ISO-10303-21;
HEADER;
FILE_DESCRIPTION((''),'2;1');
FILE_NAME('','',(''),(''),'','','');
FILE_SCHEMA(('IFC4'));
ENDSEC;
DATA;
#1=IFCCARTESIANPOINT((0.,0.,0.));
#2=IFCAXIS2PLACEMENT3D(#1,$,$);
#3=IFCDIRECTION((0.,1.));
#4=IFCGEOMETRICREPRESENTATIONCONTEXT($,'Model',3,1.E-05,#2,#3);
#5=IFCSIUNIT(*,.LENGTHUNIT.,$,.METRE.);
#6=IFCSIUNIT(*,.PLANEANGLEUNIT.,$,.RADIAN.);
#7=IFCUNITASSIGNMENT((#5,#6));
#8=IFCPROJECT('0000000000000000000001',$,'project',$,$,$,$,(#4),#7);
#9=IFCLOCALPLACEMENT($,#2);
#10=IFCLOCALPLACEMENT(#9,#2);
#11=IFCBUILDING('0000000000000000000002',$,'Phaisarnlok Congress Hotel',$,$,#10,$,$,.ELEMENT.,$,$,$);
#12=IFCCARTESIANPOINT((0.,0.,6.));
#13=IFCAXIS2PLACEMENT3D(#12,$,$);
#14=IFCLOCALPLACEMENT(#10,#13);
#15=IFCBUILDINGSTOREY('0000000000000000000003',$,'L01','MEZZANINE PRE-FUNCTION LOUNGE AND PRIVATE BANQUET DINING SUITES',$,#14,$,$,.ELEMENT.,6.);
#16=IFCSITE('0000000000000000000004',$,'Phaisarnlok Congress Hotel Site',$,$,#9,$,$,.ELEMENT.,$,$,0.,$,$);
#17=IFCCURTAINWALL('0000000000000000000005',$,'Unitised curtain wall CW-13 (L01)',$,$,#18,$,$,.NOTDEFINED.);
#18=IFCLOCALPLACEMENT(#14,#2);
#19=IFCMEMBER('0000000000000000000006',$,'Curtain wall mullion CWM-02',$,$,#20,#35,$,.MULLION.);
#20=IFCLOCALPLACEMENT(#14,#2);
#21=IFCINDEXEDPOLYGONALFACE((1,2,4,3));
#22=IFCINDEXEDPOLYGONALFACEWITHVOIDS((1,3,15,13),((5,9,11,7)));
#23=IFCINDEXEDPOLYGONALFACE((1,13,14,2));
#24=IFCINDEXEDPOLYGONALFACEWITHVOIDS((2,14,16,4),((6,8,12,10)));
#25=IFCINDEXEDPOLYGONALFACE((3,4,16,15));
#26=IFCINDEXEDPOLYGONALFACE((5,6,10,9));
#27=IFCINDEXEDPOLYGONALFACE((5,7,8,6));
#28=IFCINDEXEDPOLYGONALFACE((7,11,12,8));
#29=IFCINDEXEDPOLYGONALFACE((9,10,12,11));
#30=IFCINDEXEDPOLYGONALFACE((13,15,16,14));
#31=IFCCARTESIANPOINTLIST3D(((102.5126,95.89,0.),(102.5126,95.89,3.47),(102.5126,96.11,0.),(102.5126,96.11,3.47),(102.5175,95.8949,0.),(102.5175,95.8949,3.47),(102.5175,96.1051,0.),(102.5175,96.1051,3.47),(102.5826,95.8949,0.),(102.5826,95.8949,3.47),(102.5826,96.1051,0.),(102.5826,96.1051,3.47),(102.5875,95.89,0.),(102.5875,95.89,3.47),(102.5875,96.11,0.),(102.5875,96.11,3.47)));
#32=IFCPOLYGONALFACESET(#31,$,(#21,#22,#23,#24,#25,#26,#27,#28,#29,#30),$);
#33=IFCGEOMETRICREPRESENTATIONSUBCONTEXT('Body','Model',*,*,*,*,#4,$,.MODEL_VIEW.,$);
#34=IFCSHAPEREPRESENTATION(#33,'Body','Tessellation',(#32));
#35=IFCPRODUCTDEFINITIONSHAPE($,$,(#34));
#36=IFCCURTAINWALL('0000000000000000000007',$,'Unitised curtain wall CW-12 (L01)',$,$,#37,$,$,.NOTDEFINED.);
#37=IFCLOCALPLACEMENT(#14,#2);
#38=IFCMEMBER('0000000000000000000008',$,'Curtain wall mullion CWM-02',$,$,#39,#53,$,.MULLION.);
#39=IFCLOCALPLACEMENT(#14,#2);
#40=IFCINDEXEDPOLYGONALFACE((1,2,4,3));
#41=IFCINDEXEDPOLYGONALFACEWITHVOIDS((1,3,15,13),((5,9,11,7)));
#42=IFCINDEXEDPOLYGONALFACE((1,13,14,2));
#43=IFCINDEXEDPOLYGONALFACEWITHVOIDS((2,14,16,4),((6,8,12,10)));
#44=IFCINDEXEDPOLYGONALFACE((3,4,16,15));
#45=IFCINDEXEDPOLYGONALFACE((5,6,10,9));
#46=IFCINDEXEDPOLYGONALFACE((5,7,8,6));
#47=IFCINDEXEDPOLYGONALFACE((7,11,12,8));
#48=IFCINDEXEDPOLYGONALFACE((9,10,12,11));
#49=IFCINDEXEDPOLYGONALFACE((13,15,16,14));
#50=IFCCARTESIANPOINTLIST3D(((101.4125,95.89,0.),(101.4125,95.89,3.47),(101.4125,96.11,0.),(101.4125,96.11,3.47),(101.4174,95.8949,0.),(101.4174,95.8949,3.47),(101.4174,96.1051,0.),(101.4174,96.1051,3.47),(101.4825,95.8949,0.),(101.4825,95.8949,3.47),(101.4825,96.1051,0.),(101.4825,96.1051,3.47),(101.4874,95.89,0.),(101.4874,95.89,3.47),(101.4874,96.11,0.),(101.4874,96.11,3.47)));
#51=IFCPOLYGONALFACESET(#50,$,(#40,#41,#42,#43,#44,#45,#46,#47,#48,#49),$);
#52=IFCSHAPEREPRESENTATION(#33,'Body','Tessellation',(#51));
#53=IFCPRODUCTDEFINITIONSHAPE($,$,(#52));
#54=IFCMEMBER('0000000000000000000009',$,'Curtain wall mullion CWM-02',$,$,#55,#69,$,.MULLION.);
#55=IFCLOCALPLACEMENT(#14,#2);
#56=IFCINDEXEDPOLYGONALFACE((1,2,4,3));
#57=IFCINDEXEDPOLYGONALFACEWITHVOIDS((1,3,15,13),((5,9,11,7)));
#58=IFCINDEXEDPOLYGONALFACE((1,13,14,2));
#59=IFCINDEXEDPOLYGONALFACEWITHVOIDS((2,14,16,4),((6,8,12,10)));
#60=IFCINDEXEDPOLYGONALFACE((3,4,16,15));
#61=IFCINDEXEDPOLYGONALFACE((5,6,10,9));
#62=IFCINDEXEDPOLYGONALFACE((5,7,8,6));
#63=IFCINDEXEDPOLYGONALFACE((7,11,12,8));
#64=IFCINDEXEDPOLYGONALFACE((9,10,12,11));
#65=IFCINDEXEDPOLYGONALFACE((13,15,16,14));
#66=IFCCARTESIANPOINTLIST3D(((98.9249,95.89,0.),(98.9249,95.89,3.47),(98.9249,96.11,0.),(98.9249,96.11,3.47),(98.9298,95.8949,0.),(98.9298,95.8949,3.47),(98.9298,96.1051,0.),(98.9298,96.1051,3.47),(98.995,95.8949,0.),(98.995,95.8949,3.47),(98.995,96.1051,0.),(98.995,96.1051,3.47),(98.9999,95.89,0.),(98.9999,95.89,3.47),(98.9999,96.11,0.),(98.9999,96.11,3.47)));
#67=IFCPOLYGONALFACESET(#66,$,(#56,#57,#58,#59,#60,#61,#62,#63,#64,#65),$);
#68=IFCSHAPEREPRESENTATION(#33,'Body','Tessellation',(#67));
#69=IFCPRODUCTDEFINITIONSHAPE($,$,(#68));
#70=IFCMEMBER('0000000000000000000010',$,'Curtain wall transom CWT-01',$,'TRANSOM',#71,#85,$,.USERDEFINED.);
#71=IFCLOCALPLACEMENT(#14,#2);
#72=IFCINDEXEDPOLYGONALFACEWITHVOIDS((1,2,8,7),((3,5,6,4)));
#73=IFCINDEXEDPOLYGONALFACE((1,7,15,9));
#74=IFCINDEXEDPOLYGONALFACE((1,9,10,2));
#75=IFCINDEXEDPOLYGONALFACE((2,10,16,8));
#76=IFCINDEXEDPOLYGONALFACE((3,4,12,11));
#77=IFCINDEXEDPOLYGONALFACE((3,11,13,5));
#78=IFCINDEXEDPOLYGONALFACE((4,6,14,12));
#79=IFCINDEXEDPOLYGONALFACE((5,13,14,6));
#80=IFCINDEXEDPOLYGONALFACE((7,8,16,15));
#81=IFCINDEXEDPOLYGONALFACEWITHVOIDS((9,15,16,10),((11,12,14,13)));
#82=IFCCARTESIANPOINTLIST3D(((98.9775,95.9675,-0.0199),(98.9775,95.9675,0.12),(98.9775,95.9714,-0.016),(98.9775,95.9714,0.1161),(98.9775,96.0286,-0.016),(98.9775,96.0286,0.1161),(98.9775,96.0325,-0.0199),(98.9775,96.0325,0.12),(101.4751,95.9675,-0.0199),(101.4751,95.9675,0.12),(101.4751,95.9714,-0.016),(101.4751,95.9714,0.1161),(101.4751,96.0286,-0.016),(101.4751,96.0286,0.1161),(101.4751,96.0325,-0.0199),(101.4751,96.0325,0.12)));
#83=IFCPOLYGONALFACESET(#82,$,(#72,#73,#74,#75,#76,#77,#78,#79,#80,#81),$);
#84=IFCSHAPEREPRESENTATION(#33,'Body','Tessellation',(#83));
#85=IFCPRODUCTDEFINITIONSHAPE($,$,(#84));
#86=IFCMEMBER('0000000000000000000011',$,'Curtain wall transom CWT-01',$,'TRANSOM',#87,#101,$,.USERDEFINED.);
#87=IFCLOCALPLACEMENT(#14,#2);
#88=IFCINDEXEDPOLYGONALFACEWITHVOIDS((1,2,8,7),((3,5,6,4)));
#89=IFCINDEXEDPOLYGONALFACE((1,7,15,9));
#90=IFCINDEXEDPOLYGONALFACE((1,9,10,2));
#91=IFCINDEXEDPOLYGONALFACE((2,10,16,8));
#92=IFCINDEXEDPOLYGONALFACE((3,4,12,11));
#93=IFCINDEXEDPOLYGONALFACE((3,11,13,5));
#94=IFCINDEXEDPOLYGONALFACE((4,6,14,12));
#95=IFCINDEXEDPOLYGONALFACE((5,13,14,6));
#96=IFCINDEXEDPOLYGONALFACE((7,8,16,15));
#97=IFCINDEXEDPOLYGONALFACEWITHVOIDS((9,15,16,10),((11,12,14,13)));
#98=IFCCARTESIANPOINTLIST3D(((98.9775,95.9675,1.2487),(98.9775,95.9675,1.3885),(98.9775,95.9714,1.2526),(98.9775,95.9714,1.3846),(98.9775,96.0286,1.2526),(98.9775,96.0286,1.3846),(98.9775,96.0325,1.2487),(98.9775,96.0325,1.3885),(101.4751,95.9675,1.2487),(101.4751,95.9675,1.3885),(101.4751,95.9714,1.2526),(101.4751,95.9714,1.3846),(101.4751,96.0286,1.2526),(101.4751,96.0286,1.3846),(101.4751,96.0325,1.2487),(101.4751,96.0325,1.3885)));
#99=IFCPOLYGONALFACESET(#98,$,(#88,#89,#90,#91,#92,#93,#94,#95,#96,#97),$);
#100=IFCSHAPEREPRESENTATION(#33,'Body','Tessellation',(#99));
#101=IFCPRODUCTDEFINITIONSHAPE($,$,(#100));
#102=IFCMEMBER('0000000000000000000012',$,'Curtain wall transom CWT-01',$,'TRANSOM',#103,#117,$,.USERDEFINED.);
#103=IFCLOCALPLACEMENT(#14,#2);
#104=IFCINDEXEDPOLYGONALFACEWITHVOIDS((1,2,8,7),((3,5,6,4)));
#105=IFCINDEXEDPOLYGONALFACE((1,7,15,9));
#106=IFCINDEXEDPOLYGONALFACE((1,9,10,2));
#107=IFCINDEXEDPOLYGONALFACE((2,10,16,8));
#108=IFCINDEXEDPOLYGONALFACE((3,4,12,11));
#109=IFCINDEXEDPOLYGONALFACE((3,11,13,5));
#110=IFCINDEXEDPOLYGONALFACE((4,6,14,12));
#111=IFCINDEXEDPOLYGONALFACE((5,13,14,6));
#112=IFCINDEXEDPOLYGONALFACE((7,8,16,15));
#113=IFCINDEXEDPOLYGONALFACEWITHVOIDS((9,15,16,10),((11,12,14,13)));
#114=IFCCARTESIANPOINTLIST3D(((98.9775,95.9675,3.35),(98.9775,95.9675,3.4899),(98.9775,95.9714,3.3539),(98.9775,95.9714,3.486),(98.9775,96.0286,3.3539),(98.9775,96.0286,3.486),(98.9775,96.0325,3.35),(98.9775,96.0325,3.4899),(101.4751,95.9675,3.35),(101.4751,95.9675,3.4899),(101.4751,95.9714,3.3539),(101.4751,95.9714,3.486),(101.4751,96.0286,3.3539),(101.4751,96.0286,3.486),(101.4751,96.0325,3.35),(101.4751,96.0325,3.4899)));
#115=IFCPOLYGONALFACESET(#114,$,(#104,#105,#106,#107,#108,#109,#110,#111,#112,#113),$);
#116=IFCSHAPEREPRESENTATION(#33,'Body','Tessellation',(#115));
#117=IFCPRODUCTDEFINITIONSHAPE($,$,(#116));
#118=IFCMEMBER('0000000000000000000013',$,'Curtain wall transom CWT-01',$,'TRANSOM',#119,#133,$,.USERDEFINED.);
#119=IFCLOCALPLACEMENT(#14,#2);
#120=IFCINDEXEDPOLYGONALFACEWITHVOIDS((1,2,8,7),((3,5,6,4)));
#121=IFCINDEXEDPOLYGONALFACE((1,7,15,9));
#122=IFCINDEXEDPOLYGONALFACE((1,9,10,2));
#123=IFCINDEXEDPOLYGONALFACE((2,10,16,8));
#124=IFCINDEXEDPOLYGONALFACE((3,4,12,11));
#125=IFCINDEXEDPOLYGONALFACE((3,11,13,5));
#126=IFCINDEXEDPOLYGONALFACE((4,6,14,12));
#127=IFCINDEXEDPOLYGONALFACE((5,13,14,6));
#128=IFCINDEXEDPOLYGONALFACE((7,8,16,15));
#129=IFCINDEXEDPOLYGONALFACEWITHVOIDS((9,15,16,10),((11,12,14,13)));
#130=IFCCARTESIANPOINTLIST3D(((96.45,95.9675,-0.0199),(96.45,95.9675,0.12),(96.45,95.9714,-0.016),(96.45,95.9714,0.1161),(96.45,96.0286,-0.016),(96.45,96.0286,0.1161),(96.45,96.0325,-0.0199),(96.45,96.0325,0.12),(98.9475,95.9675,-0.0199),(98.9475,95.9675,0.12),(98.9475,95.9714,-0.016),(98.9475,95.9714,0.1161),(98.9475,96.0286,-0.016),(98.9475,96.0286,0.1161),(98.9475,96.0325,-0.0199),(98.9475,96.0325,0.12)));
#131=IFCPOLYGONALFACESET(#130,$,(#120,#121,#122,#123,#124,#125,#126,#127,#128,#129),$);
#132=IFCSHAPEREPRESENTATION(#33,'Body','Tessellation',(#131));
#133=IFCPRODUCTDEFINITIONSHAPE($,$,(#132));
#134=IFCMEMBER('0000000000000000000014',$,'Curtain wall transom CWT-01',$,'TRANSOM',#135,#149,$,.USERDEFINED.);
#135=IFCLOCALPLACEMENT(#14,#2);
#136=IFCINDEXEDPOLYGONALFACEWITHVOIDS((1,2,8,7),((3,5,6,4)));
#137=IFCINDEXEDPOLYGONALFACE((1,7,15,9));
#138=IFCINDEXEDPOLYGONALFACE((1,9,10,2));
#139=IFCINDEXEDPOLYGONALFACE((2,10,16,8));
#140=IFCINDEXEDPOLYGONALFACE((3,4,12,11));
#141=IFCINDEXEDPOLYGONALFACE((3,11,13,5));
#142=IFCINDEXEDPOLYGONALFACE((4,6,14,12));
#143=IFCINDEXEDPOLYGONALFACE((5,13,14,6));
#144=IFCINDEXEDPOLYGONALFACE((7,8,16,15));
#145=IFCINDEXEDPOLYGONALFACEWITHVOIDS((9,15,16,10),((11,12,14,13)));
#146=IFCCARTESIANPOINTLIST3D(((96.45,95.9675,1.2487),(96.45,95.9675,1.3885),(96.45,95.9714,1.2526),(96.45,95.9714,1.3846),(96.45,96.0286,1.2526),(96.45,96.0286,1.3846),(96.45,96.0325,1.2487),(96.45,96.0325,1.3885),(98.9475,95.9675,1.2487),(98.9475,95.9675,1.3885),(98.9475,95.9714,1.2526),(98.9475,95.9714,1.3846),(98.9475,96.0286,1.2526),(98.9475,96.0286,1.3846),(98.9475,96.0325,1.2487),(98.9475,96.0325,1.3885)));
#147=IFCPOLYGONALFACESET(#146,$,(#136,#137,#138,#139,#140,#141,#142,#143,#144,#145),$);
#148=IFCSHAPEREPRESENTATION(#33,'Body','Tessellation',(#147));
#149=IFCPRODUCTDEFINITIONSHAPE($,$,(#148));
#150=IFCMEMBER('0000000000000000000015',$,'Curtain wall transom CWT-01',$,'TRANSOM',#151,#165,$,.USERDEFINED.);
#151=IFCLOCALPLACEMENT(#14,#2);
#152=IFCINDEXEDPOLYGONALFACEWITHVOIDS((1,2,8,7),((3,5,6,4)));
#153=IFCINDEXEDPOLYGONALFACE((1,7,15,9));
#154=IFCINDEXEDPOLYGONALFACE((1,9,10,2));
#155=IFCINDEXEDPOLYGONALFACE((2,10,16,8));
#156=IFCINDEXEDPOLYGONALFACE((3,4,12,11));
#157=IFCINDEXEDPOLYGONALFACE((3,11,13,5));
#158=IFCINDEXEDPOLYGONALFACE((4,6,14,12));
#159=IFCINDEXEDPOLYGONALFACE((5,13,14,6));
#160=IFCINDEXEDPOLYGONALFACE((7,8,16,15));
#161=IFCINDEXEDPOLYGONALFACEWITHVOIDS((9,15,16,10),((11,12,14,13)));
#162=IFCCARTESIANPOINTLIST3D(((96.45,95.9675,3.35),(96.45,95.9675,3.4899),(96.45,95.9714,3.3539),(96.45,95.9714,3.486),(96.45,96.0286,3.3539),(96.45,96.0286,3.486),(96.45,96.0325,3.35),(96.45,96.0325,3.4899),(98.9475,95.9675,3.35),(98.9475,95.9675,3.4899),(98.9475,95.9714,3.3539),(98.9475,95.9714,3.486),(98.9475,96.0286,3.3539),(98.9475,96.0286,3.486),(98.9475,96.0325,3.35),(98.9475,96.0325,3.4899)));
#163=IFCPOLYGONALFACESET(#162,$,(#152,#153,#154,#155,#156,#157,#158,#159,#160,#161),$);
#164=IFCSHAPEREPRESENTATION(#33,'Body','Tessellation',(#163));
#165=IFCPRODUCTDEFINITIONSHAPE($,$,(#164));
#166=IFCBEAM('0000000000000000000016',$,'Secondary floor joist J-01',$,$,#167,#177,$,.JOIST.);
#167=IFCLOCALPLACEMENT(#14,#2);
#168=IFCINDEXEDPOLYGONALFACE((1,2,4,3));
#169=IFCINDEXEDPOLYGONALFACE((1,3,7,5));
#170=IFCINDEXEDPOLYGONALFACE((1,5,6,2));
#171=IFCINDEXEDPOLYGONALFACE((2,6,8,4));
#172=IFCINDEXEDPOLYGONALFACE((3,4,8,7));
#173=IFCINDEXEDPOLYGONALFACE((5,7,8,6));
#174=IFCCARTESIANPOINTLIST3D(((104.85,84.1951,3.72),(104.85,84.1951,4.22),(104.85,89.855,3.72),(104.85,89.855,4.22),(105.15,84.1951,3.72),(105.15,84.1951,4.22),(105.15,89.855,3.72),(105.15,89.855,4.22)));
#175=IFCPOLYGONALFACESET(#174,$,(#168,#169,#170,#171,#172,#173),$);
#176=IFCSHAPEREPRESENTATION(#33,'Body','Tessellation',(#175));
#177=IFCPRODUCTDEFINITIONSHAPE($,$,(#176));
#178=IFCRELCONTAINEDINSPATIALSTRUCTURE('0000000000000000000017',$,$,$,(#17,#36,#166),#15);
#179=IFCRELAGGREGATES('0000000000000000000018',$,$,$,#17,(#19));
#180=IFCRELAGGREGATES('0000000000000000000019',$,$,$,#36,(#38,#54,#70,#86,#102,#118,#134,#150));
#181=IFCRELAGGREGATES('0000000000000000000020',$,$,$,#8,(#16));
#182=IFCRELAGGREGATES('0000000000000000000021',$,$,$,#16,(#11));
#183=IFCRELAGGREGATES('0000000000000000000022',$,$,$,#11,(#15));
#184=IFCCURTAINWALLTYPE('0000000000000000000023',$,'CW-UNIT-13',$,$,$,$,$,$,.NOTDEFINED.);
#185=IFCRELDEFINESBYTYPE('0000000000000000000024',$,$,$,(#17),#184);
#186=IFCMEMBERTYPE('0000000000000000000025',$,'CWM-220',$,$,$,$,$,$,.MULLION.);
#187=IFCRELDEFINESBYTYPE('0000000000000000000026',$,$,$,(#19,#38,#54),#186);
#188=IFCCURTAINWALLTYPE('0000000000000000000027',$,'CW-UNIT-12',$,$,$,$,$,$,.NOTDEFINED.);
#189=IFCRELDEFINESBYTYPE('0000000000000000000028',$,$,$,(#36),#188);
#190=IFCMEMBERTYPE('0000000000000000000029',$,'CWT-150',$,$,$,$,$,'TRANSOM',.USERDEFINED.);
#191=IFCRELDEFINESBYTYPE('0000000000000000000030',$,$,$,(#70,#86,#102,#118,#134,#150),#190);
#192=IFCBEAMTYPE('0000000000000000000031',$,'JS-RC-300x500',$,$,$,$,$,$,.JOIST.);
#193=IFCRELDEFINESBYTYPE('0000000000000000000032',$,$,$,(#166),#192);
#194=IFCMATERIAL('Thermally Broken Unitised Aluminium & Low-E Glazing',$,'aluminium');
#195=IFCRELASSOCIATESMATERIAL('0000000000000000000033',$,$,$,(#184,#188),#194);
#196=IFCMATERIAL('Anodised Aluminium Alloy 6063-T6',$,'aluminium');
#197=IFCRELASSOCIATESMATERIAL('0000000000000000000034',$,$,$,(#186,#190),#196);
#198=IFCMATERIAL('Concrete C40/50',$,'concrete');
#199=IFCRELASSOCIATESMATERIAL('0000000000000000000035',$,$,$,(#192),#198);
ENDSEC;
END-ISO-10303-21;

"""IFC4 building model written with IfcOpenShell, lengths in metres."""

from ifc_helpers import new_model, si_unit, direction, frame, origin, origin_2d, place, context, subcontext, project, spatial, rectangle, hollow_rectangle, extrude, material, material_profile, profile_set, type_object, element, aggregate, save


model = new_model("IFC4")

# Units and contexts
model_context = context("Model", 3, precision=1e-05, world=origin(), true_north=direction((0.0, 1.0)))
body_context = subcontext(model_context, "Body", "Model", "MODEL_VIEW")
ifc_project = project(units=[si_unit("LENGTHUNIT", "METRE"), si_unit("PLANEANGLEUNIT", "RADIAN")], contexts=[model_context])

# Site, building, storey
site_placement = place(None, origin())
site = spatial("IfcSite", under=ifc_project, at=site_placement, Name="Phaisarnlok Congress Hotel Site", CompositionType="ELEMENT", RefElevation=0.0)
building_placement = place(site_placement, origin())
building = spatial("IfcBuilding", under=site, at=building_placement, Name="Phaisarnlok Congress Hotel", CompositionType="ELEMENT")
storey_placement = place(building_placement, frame((0.0, 0.0, 6.0)))
storey = spatial("IfcBuildingStorey", under=building, at=storey_placement, Name="L01", Description="MEZZANINE PRE-FUNCTION LOUNGE AND PRIVATE BANQUET DINING SUITES", CompositionType="ELEMENT", Elevation=6.0)

# Shared definitions
ifc_material_1 = material(Name="Concrete C40/50", Category="concrete")

# Curtain wall, member
ifc_material_2 = material(Name="Thermally Broken Unitised Aluminium & Low-E Glazing", Category="aluminium")
curtain_wall_type_1 = type_object("IfcCurtainWallType", Name="CW-UNIT-13", PredefinedType="NOTDEFINED", material=ifc_material_2)
curtain_wall_1_placement = place(storey_placement, origin())
curtain_wall_1 = element("IfcCurtainWall", 1, at=curtain_wall_1_placement, inside=storey, type_object=curtain_wall_type_1, Name="Unitised curtain wall CW-13 (L01)", PredefinedType="NOTDEFINED")
ifc_material_3 = material(Name="Anodised Aluminium Alloy 6063-T6", Category="aluminium")
ifc_material_profile_1 = material_profile(ifc_material_3, hollow_rectangle(XDim=0.075, YDim=0.22, WallThickness=0.0049, at=origin_2d()), Name="ALU-M 75x220x5")
ifc_profile_set_1 = profile_set([ifc_material_profile_1], Name="Anodised Aluminium Alloy 6063-T6")
member_type_1 = type_object("IfcMemberType", Name="CWM-220", PredefinedType="MULLION", material=ifc_profile_set_1)
member_1_placement = place(storey_placement, frame((102.55, 96.0, 0.0), z_axis=(0.0, 0.0, 1.0), x_axis=(-1.0, 0.0, 0.0)))
member_1 = element("IfcMember", 2, at=member_1_placement, type_object=member_type_1, Name="Curtain wall mullion CWM-02", PredefinedType="MULLION", context=body_context, shape_type="SweptSolid", body=[
    extrude(hollow_rectangle(XDim=0.075, YDim=0.22, WallThickness=0.0049, at=origin_2d()), origin(), (0.0, 0.0, 1.0), 3.47),
])
aggregate(curtain_wall_1, [member_1])

# Curtain wall, members
curtain_wall_type_2 = type_object("IfcCurtainWallType", Name="CW-UNIT-12", PredefinedType="NOTDEFINED", material=ifc_material_2)
curtain_wall_2_placement = place(storey_placement, origin())
curtain_wall_2 = element("IfcCurtainWall", 3, at=curtain_wall_2_placement, inside=storey, type_object=curtain_wall_type_2, Name="Unitised curtain wall CW-12 (L01)", PredefinedType="NOTDEFINED")
member_2_placement = place(storey_placement, frame((101.45, 96.0, 0.0), z_axis=(0.0, 0.0, 1.0), x_axis=(-1.0, 0.0, 0.0)))
member_2 = element("IfcMember", 4, at=member_2_placement, type_object=member_type_1, Name="Curtain wall mullion CWM-02", PredefinedType="MULLION", context=body_context, shape_type="SweptSolid", body=[
    extrude(hollow_rectangle(XDim=0.075, YDim=0.22, WallThickness=0.0049, at=origin_2d()), origin(), (0.0, 0.0, 1.0), 3.47),
])
member_3_placement = place(storey_placement, frame((98.9624, 96.0, 0.0), z_axis=(0.0, 0.0, 1.0), x_axis=(-1.0, 0.0, 0.0)))
member_3 = element("IfcMember", 5, at=member_3_placement, type_object=member_type_1, Name="Curtain wall mullion CWM-02", PredefinedType="MULLION", context=body_context, shape_type="SweptSolid", body=[
    extrude(hollow_rectangle(XDim=0.075, YDim=0.22, WallThickness=0.0049, at=origin_2d()), origin(), (0.0, 0.0, 1.0), 3.47),
])
ifc_material_profile_2 = material_profile(ifc_material_3, hollow_rectangle(XDim=0.0649, YDim=0.1399, WallThickness=0.0039, at=origin_2d()), Name="ALU-T 65x140x4")
ifc_profile_set_2 = profile_set([ifc_material_profile_2], Name="Anodised Aluminium Alloy 6063-T6")
member_type_2 = type_object("IfcMemberType", Name="CWT-150", ElementType="TRANSOM", PredefinedType="USERDEFINED", material=ifc_profile_set_2)
member_4_placement = place(storey_placement, frame((101.4751, 96.0, 0.05), z_axis=(-1.0, 0.0, 0.0), x_axis=(0.0, -1.0, 0.0)))
member_4 = element("IfcMember", 6, at=member_4_placement, type_object=member_type_2, Name="Curtain wall transom CWT-01", ObjectType="TRANSOM", PredefinedType="USERDEFINED", context=body_context, shape_type="SweptSolid", body=[
    extrude(hollow_rectangle(XDim=0.0649, YDim=0.1399, WallThickness=0.0039, at=origin_2d()), origin(), (0.0, 0.0, 1.0), 2.4976),
])
member_5_placement = place(storey_placement, frame((101.4751, 96.0, 1.3186), z_axis=(-1.0, 0.0, 0.0), x_axis=(0.0, -1.0, 0.0)))
member_5 = element("IfcMember", 7, at=member_5_placement, type_object=member_type_2, Name="Curtain wall transom CWT-01", ObjectType="TRANSOM", PredefinedType="USERDEFINED", context=body_context, shape_type="SweptSolid", body=[
    extrude(hollow_rectangle(XDim=0.0649, YDim=0.1399, WallThickness=0.0039, at=origin_2d()), origin(), (0.0, 0.0, 1.0), 2.4976),
])
member_6_placement = place(storey_placement, frame((101.4751, 96.0, 3.4199), z_axis=(-1.0, 0.0, 0.0), x_axis=(0.0, -1.0, 0.0)))
member_6 = element("IfcMember", 8, at=member_6_placement, type_object=member_type_2, Name="Curtain wall transom CWT-01", ObjectType="TRANSOM", PredefinedType="USERDEFINED", context=body_context, shape_type="SweptSolid", body=[
    extrude(hollow_rectangle(XDim=0.0649, YDim=0.1399, WallThickness=0.0039, at=origin_2d()), origin(), (0.0, 0.0, 1.0), 2.4976),
])
member_7_placement = place(storey_placement, frame((98.9475, 96.0, 0.05), z_axis=(-1.0, 0.0, 0.0), x_axis=(0.0, -1.0, 0.0)))
member_7 = element("IfcMember", 9, at=member_7_placement, type_object=member_type_2, Name="Curtain wall transom CWT-01", ObjectType="TRANSOM", PredefinedType="USERDEFINED", context=body_context, shape_type="SweptSolid", body=[
    extrude(hollow_rectangle(XDim=0.0649, YDim=0.1399, WallThickness=0.0039, at=origin_2d()), origin(), (0.0, 0.0, 1.0), 2.4976),
])
member_8_placement = place(storey_placement, frame((98.9475, 96.0, 1.3186), z_axis=(-1.0, 0.0, 0.0), x_axis=(0.0, -1.0, 0.0)))
member_8 = element("IfcMember", 10, at=member_8_placement, type_object=member_type_2, Name="Curtain wall transom CWT-01", ObjectType="TRANSOM", PredefinedType="USERDEFINED", context=body_context, shape_type="SweptSolid", body=[
    extrude(hollow_rectangle(XDim=0.0649, YDim=0.1399, WallThickness=0.0039, at=origin_2d()), origin(), (0.0, 0.0, 1.0), 2.4976),
])
member_9_placement = place(storey_placement, frame((98.9475, 96.0, 3.4199), z_axis=(-1.0, 0.0, 0.0), x_axis=(0.0, -1.0, 0.0)))
member_9 = element("IfcMember", 11, at=member_9_placement, type_object=member_type_2, Name="Curtain wall transom CWT-01", ObjectType="TRANSOM", PredefinedType="USERDEFINED", context=body_context, shape_type="SweptSolid", body=[
    extrude(hollow_rectangle(XDim=0.0649, YDim=0.1399, WallThickness=0.0039, at=origin_2d()), origin(), (0.0, 0.0, 1.0), 2.4976),
])

# Beam
ifc_material_profile_3 = material_profile(ifc_material_1, rectangle(XDim=0.3, YDim=0.5, at=origin_2d()), Name="RC 300x500")
ifc_profile_set_3 = profile_set([ifc_material_profile_3], Name="Concrete C40/50")
beam_type_1 = type_object("IfcBeamType", Name="JS-RC-300x500", PredefinedType="JOIST", material=ifc_profile_set_3)
beam_1_placement = place(storey_placement, frame((105.0, 84.1951, 3.97), z_axis=(0.0, 1.0, 0.0), x_axis=(-1.0, 0.0, 0.0)))
element("IfcBeam", 12, at=beam_1_placement, inside=storey, type_object=beam_type_1, Name="Secondary floor joist J-01", PredefinedType="JOIST", context=body_context, shape_type="SweptSolid", body=[
    extrude(rectangle(XDim=0.3, YDim=0.5, at=origin_2d()), origin(), (0.0, 0.0, 1.0), 5.6599),
])

aggregate(curtain_wall_2, [member_2, member_3, member_4, member_5, member_6, member_7, member_8, member_9])

save(model, "model.ifc")
